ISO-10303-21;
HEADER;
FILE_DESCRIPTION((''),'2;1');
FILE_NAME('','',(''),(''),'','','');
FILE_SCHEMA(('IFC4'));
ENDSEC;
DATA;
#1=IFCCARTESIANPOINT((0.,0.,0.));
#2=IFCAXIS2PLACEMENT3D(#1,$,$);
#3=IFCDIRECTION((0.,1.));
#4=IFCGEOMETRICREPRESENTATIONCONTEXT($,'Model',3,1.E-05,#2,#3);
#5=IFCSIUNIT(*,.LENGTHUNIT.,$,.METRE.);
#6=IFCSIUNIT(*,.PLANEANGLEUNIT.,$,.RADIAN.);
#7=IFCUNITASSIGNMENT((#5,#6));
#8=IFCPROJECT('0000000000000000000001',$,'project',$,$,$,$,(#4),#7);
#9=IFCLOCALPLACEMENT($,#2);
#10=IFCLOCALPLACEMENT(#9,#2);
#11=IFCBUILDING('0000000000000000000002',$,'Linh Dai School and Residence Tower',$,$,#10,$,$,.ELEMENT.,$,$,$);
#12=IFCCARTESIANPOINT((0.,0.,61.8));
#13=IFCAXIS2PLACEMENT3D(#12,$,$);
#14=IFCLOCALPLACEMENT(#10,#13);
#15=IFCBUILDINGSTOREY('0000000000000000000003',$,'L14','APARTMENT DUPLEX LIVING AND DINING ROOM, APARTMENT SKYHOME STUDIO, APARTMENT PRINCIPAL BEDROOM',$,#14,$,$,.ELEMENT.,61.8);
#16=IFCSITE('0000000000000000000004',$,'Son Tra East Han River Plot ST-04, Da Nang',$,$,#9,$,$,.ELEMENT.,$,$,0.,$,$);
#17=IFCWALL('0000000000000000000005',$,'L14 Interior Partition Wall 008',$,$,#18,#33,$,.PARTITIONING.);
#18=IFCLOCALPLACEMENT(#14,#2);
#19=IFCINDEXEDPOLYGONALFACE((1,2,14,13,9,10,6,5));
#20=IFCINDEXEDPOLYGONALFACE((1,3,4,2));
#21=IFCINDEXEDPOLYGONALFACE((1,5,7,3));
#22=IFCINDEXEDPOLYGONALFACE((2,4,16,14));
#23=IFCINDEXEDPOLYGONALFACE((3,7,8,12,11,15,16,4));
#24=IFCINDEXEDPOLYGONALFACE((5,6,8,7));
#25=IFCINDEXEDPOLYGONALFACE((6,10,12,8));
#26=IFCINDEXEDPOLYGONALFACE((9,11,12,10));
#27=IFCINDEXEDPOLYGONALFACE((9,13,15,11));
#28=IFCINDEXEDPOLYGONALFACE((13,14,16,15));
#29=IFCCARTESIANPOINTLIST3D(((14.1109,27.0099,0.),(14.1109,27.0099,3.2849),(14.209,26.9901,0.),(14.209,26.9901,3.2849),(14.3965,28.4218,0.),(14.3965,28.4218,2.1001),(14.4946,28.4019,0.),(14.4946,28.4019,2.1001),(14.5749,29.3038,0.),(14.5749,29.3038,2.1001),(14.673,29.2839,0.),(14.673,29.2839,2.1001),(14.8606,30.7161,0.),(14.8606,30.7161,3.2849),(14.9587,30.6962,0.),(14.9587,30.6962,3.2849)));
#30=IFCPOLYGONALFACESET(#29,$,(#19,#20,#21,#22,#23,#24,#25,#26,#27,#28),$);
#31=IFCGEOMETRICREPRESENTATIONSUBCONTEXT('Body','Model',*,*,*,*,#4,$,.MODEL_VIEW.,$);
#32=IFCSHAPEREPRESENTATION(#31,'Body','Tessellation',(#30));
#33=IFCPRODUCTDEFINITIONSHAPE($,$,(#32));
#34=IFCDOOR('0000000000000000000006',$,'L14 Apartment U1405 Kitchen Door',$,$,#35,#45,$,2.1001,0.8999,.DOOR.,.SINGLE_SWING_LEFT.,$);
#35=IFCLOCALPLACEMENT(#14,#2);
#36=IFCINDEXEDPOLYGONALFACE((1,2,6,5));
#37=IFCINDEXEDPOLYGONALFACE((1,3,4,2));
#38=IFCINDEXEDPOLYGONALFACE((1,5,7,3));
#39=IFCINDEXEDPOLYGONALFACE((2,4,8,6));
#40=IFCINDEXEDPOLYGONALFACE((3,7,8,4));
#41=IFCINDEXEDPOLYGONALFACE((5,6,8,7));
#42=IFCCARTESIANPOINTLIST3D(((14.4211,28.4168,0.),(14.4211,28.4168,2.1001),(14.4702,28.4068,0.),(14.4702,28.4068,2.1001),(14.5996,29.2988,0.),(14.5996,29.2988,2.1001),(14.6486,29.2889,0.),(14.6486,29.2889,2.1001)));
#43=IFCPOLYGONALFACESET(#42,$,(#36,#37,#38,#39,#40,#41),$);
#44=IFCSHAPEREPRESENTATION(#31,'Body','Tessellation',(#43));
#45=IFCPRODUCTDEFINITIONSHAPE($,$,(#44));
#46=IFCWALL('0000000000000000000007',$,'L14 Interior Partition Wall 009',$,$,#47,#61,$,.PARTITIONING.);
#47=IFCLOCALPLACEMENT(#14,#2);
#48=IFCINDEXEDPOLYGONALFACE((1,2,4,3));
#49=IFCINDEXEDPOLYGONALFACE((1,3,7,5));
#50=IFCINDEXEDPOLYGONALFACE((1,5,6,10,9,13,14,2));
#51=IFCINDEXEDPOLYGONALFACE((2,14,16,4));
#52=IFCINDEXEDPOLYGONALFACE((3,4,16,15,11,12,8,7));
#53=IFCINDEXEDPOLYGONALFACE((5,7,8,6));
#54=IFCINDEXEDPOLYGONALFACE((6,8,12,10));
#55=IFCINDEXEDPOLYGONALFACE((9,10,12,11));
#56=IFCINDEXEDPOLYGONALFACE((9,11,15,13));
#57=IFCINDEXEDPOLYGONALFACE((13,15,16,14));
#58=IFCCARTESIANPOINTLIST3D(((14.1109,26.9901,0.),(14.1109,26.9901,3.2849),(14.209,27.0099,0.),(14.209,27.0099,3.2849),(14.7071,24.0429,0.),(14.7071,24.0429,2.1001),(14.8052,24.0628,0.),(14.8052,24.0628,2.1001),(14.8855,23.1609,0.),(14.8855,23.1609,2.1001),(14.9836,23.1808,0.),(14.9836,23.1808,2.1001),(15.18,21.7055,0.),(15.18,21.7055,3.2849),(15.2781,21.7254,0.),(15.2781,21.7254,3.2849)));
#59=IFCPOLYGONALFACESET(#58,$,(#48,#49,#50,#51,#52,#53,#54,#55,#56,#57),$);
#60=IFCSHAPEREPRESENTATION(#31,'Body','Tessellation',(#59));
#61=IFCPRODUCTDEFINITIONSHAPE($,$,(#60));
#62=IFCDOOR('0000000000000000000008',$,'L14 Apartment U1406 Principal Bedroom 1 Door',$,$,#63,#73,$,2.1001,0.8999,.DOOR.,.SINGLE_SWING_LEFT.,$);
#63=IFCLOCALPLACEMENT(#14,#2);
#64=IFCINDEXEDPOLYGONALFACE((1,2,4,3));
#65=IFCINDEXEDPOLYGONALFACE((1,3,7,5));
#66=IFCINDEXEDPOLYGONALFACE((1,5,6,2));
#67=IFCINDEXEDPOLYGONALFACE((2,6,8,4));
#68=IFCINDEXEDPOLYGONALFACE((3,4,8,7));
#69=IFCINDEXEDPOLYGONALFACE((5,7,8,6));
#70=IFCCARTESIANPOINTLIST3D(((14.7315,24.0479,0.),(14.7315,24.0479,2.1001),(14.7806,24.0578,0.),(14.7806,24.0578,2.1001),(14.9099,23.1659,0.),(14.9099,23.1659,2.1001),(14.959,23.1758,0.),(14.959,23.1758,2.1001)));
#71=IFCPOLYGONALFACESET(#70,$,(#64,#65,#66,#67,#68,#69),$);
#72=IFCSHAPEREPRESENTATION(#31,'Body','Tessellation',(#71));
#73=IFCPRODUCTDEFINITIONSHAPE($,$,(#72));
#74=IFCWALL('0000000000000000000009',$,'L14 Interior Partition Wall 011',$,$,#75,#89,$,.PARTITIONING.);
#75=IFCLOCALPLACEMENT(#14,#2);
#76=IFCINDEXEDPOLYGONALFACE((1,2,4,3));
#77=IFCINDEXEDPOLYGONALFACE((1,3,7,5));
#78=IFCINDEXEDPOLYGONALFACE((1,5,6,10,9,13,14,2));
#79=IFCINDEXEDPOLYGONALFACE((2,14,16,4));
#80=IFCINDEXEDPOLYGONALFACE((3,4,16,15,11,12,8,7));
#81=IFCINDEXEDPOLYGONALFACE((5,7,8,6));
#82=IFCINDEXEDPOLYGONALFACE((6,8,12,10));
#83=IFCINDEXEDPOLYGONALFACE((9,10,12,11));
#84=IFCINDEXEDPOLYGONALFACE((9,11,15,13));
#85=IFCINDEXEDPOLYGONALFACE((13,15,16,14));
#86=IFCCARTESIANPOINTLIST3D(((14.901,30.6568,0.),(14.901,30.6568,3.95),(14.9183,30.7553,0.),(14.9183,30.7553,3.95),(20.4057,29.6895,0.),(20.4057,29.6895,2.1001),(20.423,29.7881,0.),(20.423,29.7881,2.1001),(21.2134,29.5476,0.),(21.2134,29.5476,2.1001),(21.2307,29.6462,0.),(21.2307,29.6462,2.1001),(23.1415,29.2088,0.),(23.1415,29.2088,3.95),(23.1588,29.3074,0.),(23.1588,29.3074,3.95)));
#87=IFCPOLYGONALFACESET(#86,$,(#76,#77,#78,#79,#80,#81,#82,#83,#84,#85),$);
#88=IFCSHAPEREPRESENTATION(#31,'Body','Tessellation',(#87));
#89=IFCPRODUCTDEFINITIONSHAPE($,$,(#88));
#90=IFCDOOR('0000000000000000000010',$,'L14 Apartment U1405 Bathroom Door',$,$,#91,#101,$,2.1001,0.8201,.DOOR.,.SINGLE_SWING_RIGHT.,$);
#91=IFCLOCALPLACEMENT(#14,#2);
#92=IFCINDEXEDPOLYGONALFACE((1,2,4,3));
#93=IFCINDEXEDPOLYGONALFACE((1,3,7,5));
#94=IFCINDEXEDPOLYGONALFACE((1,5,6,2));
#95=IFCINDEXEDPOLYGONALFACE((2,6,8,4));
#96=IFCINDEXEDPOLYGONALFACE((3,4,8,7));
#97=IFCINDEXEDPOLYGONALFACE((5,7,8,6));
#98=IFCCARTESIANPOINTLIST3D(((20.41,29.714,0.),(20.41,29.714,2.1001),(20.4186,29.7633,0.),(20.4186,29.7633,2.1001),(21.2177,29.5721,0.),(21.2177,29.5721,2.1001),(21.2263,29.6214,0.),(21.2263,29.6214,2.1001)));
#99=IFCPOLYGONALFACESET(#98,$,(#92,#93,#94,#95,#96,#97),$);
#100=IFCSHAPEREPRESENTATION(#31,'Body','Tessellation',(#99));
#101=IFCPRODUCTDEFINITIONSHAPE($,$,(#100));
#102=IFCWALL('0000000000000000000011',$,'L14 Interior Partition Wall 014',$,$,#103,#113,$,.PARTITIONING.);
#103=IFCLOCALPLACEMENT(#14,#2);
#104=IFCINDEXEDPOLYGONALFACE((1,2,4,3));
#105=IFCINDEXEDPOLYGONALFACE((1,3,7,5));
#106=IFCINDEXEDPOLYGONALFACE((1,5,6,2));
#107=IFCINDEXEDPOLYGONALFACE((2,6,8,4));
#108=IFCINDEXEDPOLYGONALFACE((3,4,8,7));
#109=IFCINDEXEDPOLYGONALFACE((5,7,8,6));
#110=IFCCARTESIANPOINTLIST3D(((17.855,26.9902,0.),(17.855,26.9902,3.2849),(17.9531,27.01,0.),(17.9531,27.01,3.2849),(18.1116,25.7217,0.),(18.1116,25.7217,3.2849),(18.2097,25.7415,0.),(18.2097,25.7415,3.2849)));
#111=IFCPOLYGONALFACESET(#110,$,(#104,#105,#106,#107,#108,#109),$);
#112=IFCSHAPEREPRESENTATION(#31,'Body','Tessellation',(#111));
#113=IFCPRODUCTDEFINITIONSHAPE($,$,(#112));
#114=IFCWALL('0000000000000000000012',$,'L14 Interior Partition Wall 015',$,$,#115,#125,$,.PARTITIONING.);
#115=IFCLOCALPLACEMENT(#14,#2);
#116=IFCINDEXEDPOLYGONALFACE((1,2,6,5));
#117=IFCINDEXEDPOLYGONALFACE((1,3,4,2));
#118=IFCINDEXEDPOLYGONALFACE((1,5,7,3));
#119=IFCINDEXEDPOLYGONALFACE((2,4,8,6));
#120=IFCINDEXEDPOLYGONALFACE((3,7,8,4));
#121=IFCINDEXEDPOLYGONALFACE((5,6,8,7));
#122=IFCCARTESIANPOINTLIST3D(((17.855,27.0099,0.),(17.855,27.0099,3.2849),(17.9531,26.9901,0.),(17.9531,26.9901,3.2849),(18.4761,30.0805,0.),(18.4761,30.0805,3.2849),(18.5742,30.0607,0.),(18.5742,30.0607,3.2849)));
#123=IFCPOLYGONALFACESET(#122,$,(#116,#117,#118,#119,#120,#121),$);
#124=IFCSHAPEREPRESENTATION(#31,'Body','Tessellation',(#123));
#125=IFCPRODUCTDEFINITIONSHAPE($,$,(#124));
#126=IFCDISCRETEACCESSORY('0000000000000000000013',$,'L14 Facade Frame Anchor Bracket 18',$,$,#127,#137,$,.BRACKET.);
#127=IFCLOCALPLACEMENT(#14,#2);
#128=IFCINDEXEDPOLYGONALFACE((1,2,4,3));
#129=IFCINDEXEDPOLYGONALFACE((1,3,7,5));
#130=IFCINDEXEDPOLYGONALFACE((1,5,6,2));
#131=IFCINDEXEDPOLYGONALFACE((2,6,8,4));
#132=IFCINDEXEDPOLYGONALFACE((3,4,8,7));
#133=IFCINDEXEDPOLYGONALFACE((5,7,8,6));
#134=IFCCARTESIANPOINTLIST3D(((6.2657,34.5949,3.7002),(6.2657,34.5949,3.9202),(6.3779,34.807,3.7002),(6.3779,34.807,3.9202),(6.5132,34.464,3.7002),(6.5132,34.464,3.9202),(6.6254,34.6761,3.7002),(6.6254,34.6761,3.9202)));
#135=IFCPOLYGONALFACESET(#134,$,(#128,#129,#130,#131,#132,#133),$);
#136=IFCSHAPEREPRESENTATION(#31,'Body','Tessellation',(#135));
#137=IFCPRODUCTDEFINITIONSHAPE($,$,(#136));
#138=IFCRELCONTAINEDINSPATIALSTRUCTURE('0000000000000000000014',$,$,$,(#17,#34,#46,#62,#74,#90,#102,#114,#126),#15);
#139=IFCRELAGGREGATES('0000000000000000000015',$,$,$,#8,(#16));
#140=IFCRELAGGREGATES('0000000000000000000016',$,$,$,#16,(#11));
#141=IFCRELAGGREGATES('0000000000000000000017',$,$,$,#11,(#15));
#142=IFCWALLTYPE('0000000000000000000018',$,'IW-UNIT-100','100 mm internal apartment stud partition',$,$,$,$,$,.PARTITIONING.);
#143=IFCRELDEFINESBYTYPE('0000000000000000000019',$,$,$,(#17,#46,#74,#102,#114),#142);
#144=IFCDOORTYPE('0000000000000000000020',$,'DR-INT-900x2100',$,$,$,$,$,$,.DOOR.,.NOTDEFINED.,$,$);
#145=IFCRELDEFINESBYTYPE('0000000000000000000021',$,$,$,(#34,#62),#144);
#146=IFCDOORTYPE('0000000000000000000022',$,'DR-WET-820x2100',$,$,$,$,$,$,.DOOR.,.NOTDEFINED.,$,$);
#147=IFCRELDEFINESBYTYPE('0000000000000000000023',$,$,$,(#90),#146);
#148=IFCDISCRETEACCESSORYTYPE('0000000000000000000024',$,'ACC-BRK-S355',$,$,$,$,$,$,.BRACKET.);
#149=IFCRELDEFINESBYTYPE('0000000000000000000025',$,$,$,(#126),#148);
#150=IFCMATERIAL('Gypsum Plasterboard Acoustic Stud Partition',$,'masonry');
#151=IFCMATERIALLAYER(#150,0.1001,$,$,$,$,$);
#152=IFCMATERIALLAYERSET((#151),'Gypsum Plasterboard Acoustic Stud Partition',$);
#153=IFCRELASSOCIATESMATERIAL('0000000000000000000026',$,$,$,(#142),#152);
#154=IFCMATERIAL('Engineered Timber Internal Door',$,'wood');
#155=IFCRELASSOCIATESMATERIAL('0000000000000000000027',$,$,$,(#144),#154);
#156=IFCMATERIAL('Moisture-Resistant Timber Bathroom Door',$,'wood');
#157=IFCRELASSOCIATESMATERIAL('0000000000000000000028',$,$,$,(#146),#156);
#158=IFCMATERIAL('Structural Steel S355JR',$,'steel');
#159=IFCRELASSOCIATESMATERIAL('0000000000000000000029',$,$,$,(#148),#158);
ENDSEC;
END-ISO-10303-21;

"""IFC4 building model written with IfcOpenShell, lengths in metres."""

from ifc_helpers import new_model, si_unit, direction, frame, frame_2d, origin, origin_2d, place, context, subcontext, project, spatial, rectangle, extrude, source, transform, mapped, material, layer, layer_set, type_object, element, fill, save


model = new_model("IFC4")

# Units and contexts
model_context = context("Model", 3, precision=1e-05, world=origin(), true_north=direction((0.0, 1.0)))
body_context = subcontext(model_context, "Body", "Model", "MODEL_VIEW")
ifc_project = project(units=[si_unit("LENGTHUNIT", "METRE"), si_unit("PLANEANGLEUNIT", "RADIAN")], contexts=[model_context])

# Site, building, storey
site_placement = place(None, origin())
site = spatial("IfcSite", under=ifc_project, at=site_placement, Name="Son Tra East Han River Plot ST-04, Da Nang", CompositionType="ELEMENT", RefElevation=0.0)
building_placement = place(site_placement, origin())
building = spatial("IfcBuilding", under=site, at=building_placement, Name="Linh Dai School and Residence Tower", CompositionType="ELEMENT")
storey_placement = place(building_placement, frame((0.0, 0.0, 61.8)))
storey = spatial("IfcBuildingStorey", under=building, at=storey_placement, Name="L14", Description="APARTMENT DUPLEX LIVING AND DINING ROOM, APARTMENT SKYHOME STUDIO, APARTMENT PRINCIPAL BEDROOM", CompositionType="ELEMENT", Elevation=61.8)

# Shared definitions
ifc_material_1 = material(Name="Structural Steel S355JR", Category="steel")

# Walls, openings, doors
ifc_material_2 = material(Name="Gypsum Plasterboard Acoustic Stud Partition", Category="masonry")
ifc_layer_1 = layer(ifc_material_2, 0.1001)
ifc_layer_set_1 = layer_set([ifc_layer_1], Name="Gypsum Plasterboard Acoustic Stud Partition")
wall_type_1 = type_object("IfcWallType", Name="IW-UNIT-100", Description="100 mm internal apartment stud partition", PredefinedType="PARTITIONING", material=ifc_layer_set_1)
wall_1_placement = place(storey_placement, frame((14.1599, 27.0, 0.0), z_axis=(0.0, 0.0, 1.0), x_axis=(0.198289, 0.980144, 0.0)))
wall_1 = element("IfcWall", 1, at=wall_1_placement, inside=storey, type_object=wall_type_1, Name="L14 Interior Partition Wall 008", PredefinedType="PARTITIONING", context=body_context, shape_type="SweptSolid", body=[
    extrude(rectangle(XDim=3.7812, YDim=0.1001, at=frame_2d((1.8906, 0.0))), origin(), (0.0, 0.0, 1.0), 3.2849),
])
opening_1_placement = place(wall_1_placement, frame((1.4404, 0.0, 0.0)))
opening_1 = element("IfcOpeningElement", 2, at=opening_1_placement, cuts=wall_1, PredefinedType="OPENING", context=body_context, shape_type="SweptSolid", body=[
    extrude(rectangle(XDim=0.8999, YDim=2.1001, at=origin_2d()), frame((0.45, 0.0601, 1.05), z_axis=(0.0, -1.0, 0.0), x_axis=(1.0, 0.0, 0.0)), (0.0, 0.0, 1.0), 0.1201),
])
ifc_material_3 = material(Name="Engineered Timber Internal Door", Category="wood")
door_type_1 = type_object("IfcDoorType", Name="DR-INT-900x2100", OperationType="NOTDEFINED", PredefinedType="DOOR", material=ifc_material_3)
shared_shape_1 = source(origin(), body_context, "Body", "SweptSolid", [
    extrude(rectangle(XDim=0.8999, YDim=2.1001, at=origin_2d()), frame((0.45, 0.0249, 1.05), z_axis=(0.0, -1.0, 0.0), x_axis=(1.0, 0.0, 0.0)), (0.0, 0.0, 1.0), 0.05),
])
door_1_placement = place(opening_1_placement, origin())
door_1 = element("IfcDoor", 3, at=door_1_placement, inside=storey, type_object=door_type_1, Name="L14 Apartment U1405 Kitchen Door", OperationType="SINGLE_SWING_LEFT", OverallHeight=2.1001, OverallWidth=0.8999, PredefinedType="DOOR", context=body_context, shape_type="MappedRepresentation", body=[
    mapped(shared_shape_1, transform((0.0, 0.0, 0.0), x_axis=(1.0, 0.0, 0.0), y_axis=(0.0, 1.0, 0.0), z_axis=(0.0, 0.0, 1.0), scale=1.0)),
])
fill(opening_1, door_1)
wall_2_placement = place(storey_placement, frame((14.1599, 27.0, 0.0), z_axis=(0.0, 0.0, 1.0), x_axis=(0.198293, -0.980143, 0.0)))
wall_2 = element("IfcWall", 4, at=wall_2_placement, inside=storey, type_object=wall_type_1, Name="L14 Interior Partition Wall 009", PredefinedType="PARTITIONING", context=body_context, shape_type="SweptSolid", body=[
    extrude(rectangle(XDim=5.3916, YDim=0.1001, at=frame_2d((2.6958, 0.0))), origin(), (0.0, 0.0, 1.0), 3.2849),
])
opening_2_placement = place(wall_2_placement, frame((3.0068, 0.0, 0.0)))
opening_2 = element("IfcOpeningElement", 5, at=opening_2_placement, cuts=wall_2, PredefinedType="OPENING", context=body_context, shape_type="SweptSolid", body=[
    extrude(rectangle(XDim=0.8999, YDim=2.1001, at=origin_2d()), frame((0.45, 0.0601, 1.05), z_axis=(0.0, -1.0, 0.0), x_axis=(1.0, 0.0, 0.0)), (0.0, 0.0, 1.0), 0.1201),
])
door_2_placement = place(opening_2_placement, origin())
door_2 = element("IfcDoor", 6, at=door_2_placement, inside=storey, type_object=door_type_1, Name="L14 Apartment U1406 Principal Bedroom 1 Door", OperationType="SINGLE_SWING_LEFT", OverallHeight=2.1001, OverallWidth=0.8999, PredefinedType="DOOR", context=body_context, shape_type="MappedRepresentation", body=[
    mapped(shared_shape_1, transform((0.0, 0.0, 0.0), x_axis=(1.0, 0.0, 0.0), y_axis=(0.0, 1.0, 0.0), z_axis=(0.0, 0.0, 1.0), scale=1.0)),
])
fill(opening_2, door_2)
wall_3_placement = place(storey_placement, frame((14.9097, 30.7061, 0.0), z_axis=(0.0, 0.0, 1.0), x_axis=(0.98491, -0.173066, 0.0)))
wall_3 = element("IfcWall", 7, at=wall_3_placement, inside=storey, type_object=wall_type_1, Name="L14 Interior Partition Wall 011", PredefinedType="PARTITIONING", context=body_context, shape_type="SweptSolid", body=[
    extrude(rectangle(XDim=8.3667, YDim=0.1001, at=frame_2d((4.1833, 0.0))), origin(), (0.0, 0.0, 1.0), 3.95),
])
opening_3_placement = place(wall_3_placement, frame((5.5889, 0.0, 0.0)))
opening_3 = element("IfcOpeningElement", 8, at=opening_3_placement, cuts=wall_3, PredefinedType="OPENING", context=body_context, shape_type="SweptSolid", body=[
    extrude(rectangle(XDim=0.8201, YDim=2.1001, at=origin_2d()), frame((0.4102, 0.0601, 1.05), z_axis=(0.0, -1.0, 0.0), x_axis=(1.0, 0.0, 0.0)), (0.0, 0.0, 1.0), 0.1201),
])
ifc_material_4 = material(Name="Moisture-Resistant Timber Bathroom Door", Category="wood")
door_type_2 = type_object("IfcDoorType", Name="DR-WET-820x2100", OperationType="NOTDEFINED", PredefinedType="DOOR", material=ifc_material_4)
shared_shape_2 = source(origin(), body_context, "Body", "SweptSolid", [
    extrude(rectangle(XDim=0.8201, YDim=2.1001, at=origin_2d()), frame((0.4102, 0.0249, 1.05), z_axis=(0.0, -1.0, 0.0), x_axis=(1.0, 0.0, 0.0)), (0.0, 0.0, 1.0), 0.05),
])
door_3_placement = place(opening_3_placement, origin())
door_3 = element("IfcDoor", 9, at=door_3_placement, inside=storey, type_object=door_type_2, Name="L14 Apartment U1405 Bathroom Door", OperationType="SINGLE_SWING_RIGHT", OverallHeight=2.1001, OverallWidth=0.8201, PredefinedType="DOOR", context=body_context, shape_type="MappedRepresentation", body=[
    mapped(shared_shape_2, transform((0.0, 0.0, 0.0), x_axis=(1.0, 0.0, 0.0), y_axis=(0.0, 1.0, 0.0), z_axis=(0.0, 0.0, 1.0), scale=1.0)),
])
fill(opening_3, door_3)

# Walls
wall_4_placement = place(storey_placement, frame((17.9041, 27.0, 0.0), z_axis=(0.0, 0.0, 1.0), x_axis=(0.198256, -0.98015, 0.0)))
element("IfcWall", 10, at=wall_4_placement, inside=storey, type_object=wall_type_1, Name="L14 Interior Partition Wall 014", PredefinedType="PARTITIONING", context=body_context, shape_type="SweptSolid", body=[
    extrude(rectangle(XDim=1.2942, YDim=0.1001, at=frame_2d((0.647, 0.0))), origin(), (0.0, 0.0, 1.0), 3.2849),
])
wall_5_placement = place(storey_placement, frame((17.9041, 27.0, 0.0), z_axis=(0.0, 0.0, 1.0), x_axis=(0.198259, 0.98015, 0.0)))
element("IfcWall", 11, at=wall_5_placement, inside=storey, type_object=wall_type_1, Name="L14 Interior Partition Wall 015", PredefinedType="PARTITIONING", context=body_context, shape_type="SweptSolid", body=[
    extrude(rectangle(XDim=3.1328, YDim=0.1001, at=frame_2d((1.5664, 0.0))), origin(), (0.0, 0.0, 1.0), 3.2849),
])

# Discrete accessory
discrete_accessory_type = type_object("IfcDiscreteAccessoryType", Name="ACC-BRK-S355", PredefinedType="BRACKET", material=ifc_material_1)
shared_shape_3 = source(origin(), body_context, "Body", "SweptSolid", [
    extrude(rectangle(XDim=0.28, YDim=0.24, at=origin_2d()), origin(), (0.0, 0.0, 1.0), 0.22),
])
discrete_accessory_placement = place(storey_placement, frame((6.4456, 34.6355, 3.7002), z_axis=(0.0, 0.0, 1.0), x_axis=(-0.883934, 0.467612, 0.0)))
element("IfcDiscreteAccessory", 12, at=discrete_accessory_placement, inside=storey, type_object=discrete_accessory_type, Name="L14 Facade Frame Anchor Bracket 18", PredefinedType="BRACKET", context=body_context, shape_type="MappedRepresentation", body=[
    mapped(shared_shape_3, transform((0.0, 0.0, 0.0), x_axis=(1.0, 0.0, 0.0), y_axis=(0.0, 1.0, 0.0), z_axis=(0.0, 0.0, 1.0), scale=1.0)),
])

save(model, "model.ifc")
